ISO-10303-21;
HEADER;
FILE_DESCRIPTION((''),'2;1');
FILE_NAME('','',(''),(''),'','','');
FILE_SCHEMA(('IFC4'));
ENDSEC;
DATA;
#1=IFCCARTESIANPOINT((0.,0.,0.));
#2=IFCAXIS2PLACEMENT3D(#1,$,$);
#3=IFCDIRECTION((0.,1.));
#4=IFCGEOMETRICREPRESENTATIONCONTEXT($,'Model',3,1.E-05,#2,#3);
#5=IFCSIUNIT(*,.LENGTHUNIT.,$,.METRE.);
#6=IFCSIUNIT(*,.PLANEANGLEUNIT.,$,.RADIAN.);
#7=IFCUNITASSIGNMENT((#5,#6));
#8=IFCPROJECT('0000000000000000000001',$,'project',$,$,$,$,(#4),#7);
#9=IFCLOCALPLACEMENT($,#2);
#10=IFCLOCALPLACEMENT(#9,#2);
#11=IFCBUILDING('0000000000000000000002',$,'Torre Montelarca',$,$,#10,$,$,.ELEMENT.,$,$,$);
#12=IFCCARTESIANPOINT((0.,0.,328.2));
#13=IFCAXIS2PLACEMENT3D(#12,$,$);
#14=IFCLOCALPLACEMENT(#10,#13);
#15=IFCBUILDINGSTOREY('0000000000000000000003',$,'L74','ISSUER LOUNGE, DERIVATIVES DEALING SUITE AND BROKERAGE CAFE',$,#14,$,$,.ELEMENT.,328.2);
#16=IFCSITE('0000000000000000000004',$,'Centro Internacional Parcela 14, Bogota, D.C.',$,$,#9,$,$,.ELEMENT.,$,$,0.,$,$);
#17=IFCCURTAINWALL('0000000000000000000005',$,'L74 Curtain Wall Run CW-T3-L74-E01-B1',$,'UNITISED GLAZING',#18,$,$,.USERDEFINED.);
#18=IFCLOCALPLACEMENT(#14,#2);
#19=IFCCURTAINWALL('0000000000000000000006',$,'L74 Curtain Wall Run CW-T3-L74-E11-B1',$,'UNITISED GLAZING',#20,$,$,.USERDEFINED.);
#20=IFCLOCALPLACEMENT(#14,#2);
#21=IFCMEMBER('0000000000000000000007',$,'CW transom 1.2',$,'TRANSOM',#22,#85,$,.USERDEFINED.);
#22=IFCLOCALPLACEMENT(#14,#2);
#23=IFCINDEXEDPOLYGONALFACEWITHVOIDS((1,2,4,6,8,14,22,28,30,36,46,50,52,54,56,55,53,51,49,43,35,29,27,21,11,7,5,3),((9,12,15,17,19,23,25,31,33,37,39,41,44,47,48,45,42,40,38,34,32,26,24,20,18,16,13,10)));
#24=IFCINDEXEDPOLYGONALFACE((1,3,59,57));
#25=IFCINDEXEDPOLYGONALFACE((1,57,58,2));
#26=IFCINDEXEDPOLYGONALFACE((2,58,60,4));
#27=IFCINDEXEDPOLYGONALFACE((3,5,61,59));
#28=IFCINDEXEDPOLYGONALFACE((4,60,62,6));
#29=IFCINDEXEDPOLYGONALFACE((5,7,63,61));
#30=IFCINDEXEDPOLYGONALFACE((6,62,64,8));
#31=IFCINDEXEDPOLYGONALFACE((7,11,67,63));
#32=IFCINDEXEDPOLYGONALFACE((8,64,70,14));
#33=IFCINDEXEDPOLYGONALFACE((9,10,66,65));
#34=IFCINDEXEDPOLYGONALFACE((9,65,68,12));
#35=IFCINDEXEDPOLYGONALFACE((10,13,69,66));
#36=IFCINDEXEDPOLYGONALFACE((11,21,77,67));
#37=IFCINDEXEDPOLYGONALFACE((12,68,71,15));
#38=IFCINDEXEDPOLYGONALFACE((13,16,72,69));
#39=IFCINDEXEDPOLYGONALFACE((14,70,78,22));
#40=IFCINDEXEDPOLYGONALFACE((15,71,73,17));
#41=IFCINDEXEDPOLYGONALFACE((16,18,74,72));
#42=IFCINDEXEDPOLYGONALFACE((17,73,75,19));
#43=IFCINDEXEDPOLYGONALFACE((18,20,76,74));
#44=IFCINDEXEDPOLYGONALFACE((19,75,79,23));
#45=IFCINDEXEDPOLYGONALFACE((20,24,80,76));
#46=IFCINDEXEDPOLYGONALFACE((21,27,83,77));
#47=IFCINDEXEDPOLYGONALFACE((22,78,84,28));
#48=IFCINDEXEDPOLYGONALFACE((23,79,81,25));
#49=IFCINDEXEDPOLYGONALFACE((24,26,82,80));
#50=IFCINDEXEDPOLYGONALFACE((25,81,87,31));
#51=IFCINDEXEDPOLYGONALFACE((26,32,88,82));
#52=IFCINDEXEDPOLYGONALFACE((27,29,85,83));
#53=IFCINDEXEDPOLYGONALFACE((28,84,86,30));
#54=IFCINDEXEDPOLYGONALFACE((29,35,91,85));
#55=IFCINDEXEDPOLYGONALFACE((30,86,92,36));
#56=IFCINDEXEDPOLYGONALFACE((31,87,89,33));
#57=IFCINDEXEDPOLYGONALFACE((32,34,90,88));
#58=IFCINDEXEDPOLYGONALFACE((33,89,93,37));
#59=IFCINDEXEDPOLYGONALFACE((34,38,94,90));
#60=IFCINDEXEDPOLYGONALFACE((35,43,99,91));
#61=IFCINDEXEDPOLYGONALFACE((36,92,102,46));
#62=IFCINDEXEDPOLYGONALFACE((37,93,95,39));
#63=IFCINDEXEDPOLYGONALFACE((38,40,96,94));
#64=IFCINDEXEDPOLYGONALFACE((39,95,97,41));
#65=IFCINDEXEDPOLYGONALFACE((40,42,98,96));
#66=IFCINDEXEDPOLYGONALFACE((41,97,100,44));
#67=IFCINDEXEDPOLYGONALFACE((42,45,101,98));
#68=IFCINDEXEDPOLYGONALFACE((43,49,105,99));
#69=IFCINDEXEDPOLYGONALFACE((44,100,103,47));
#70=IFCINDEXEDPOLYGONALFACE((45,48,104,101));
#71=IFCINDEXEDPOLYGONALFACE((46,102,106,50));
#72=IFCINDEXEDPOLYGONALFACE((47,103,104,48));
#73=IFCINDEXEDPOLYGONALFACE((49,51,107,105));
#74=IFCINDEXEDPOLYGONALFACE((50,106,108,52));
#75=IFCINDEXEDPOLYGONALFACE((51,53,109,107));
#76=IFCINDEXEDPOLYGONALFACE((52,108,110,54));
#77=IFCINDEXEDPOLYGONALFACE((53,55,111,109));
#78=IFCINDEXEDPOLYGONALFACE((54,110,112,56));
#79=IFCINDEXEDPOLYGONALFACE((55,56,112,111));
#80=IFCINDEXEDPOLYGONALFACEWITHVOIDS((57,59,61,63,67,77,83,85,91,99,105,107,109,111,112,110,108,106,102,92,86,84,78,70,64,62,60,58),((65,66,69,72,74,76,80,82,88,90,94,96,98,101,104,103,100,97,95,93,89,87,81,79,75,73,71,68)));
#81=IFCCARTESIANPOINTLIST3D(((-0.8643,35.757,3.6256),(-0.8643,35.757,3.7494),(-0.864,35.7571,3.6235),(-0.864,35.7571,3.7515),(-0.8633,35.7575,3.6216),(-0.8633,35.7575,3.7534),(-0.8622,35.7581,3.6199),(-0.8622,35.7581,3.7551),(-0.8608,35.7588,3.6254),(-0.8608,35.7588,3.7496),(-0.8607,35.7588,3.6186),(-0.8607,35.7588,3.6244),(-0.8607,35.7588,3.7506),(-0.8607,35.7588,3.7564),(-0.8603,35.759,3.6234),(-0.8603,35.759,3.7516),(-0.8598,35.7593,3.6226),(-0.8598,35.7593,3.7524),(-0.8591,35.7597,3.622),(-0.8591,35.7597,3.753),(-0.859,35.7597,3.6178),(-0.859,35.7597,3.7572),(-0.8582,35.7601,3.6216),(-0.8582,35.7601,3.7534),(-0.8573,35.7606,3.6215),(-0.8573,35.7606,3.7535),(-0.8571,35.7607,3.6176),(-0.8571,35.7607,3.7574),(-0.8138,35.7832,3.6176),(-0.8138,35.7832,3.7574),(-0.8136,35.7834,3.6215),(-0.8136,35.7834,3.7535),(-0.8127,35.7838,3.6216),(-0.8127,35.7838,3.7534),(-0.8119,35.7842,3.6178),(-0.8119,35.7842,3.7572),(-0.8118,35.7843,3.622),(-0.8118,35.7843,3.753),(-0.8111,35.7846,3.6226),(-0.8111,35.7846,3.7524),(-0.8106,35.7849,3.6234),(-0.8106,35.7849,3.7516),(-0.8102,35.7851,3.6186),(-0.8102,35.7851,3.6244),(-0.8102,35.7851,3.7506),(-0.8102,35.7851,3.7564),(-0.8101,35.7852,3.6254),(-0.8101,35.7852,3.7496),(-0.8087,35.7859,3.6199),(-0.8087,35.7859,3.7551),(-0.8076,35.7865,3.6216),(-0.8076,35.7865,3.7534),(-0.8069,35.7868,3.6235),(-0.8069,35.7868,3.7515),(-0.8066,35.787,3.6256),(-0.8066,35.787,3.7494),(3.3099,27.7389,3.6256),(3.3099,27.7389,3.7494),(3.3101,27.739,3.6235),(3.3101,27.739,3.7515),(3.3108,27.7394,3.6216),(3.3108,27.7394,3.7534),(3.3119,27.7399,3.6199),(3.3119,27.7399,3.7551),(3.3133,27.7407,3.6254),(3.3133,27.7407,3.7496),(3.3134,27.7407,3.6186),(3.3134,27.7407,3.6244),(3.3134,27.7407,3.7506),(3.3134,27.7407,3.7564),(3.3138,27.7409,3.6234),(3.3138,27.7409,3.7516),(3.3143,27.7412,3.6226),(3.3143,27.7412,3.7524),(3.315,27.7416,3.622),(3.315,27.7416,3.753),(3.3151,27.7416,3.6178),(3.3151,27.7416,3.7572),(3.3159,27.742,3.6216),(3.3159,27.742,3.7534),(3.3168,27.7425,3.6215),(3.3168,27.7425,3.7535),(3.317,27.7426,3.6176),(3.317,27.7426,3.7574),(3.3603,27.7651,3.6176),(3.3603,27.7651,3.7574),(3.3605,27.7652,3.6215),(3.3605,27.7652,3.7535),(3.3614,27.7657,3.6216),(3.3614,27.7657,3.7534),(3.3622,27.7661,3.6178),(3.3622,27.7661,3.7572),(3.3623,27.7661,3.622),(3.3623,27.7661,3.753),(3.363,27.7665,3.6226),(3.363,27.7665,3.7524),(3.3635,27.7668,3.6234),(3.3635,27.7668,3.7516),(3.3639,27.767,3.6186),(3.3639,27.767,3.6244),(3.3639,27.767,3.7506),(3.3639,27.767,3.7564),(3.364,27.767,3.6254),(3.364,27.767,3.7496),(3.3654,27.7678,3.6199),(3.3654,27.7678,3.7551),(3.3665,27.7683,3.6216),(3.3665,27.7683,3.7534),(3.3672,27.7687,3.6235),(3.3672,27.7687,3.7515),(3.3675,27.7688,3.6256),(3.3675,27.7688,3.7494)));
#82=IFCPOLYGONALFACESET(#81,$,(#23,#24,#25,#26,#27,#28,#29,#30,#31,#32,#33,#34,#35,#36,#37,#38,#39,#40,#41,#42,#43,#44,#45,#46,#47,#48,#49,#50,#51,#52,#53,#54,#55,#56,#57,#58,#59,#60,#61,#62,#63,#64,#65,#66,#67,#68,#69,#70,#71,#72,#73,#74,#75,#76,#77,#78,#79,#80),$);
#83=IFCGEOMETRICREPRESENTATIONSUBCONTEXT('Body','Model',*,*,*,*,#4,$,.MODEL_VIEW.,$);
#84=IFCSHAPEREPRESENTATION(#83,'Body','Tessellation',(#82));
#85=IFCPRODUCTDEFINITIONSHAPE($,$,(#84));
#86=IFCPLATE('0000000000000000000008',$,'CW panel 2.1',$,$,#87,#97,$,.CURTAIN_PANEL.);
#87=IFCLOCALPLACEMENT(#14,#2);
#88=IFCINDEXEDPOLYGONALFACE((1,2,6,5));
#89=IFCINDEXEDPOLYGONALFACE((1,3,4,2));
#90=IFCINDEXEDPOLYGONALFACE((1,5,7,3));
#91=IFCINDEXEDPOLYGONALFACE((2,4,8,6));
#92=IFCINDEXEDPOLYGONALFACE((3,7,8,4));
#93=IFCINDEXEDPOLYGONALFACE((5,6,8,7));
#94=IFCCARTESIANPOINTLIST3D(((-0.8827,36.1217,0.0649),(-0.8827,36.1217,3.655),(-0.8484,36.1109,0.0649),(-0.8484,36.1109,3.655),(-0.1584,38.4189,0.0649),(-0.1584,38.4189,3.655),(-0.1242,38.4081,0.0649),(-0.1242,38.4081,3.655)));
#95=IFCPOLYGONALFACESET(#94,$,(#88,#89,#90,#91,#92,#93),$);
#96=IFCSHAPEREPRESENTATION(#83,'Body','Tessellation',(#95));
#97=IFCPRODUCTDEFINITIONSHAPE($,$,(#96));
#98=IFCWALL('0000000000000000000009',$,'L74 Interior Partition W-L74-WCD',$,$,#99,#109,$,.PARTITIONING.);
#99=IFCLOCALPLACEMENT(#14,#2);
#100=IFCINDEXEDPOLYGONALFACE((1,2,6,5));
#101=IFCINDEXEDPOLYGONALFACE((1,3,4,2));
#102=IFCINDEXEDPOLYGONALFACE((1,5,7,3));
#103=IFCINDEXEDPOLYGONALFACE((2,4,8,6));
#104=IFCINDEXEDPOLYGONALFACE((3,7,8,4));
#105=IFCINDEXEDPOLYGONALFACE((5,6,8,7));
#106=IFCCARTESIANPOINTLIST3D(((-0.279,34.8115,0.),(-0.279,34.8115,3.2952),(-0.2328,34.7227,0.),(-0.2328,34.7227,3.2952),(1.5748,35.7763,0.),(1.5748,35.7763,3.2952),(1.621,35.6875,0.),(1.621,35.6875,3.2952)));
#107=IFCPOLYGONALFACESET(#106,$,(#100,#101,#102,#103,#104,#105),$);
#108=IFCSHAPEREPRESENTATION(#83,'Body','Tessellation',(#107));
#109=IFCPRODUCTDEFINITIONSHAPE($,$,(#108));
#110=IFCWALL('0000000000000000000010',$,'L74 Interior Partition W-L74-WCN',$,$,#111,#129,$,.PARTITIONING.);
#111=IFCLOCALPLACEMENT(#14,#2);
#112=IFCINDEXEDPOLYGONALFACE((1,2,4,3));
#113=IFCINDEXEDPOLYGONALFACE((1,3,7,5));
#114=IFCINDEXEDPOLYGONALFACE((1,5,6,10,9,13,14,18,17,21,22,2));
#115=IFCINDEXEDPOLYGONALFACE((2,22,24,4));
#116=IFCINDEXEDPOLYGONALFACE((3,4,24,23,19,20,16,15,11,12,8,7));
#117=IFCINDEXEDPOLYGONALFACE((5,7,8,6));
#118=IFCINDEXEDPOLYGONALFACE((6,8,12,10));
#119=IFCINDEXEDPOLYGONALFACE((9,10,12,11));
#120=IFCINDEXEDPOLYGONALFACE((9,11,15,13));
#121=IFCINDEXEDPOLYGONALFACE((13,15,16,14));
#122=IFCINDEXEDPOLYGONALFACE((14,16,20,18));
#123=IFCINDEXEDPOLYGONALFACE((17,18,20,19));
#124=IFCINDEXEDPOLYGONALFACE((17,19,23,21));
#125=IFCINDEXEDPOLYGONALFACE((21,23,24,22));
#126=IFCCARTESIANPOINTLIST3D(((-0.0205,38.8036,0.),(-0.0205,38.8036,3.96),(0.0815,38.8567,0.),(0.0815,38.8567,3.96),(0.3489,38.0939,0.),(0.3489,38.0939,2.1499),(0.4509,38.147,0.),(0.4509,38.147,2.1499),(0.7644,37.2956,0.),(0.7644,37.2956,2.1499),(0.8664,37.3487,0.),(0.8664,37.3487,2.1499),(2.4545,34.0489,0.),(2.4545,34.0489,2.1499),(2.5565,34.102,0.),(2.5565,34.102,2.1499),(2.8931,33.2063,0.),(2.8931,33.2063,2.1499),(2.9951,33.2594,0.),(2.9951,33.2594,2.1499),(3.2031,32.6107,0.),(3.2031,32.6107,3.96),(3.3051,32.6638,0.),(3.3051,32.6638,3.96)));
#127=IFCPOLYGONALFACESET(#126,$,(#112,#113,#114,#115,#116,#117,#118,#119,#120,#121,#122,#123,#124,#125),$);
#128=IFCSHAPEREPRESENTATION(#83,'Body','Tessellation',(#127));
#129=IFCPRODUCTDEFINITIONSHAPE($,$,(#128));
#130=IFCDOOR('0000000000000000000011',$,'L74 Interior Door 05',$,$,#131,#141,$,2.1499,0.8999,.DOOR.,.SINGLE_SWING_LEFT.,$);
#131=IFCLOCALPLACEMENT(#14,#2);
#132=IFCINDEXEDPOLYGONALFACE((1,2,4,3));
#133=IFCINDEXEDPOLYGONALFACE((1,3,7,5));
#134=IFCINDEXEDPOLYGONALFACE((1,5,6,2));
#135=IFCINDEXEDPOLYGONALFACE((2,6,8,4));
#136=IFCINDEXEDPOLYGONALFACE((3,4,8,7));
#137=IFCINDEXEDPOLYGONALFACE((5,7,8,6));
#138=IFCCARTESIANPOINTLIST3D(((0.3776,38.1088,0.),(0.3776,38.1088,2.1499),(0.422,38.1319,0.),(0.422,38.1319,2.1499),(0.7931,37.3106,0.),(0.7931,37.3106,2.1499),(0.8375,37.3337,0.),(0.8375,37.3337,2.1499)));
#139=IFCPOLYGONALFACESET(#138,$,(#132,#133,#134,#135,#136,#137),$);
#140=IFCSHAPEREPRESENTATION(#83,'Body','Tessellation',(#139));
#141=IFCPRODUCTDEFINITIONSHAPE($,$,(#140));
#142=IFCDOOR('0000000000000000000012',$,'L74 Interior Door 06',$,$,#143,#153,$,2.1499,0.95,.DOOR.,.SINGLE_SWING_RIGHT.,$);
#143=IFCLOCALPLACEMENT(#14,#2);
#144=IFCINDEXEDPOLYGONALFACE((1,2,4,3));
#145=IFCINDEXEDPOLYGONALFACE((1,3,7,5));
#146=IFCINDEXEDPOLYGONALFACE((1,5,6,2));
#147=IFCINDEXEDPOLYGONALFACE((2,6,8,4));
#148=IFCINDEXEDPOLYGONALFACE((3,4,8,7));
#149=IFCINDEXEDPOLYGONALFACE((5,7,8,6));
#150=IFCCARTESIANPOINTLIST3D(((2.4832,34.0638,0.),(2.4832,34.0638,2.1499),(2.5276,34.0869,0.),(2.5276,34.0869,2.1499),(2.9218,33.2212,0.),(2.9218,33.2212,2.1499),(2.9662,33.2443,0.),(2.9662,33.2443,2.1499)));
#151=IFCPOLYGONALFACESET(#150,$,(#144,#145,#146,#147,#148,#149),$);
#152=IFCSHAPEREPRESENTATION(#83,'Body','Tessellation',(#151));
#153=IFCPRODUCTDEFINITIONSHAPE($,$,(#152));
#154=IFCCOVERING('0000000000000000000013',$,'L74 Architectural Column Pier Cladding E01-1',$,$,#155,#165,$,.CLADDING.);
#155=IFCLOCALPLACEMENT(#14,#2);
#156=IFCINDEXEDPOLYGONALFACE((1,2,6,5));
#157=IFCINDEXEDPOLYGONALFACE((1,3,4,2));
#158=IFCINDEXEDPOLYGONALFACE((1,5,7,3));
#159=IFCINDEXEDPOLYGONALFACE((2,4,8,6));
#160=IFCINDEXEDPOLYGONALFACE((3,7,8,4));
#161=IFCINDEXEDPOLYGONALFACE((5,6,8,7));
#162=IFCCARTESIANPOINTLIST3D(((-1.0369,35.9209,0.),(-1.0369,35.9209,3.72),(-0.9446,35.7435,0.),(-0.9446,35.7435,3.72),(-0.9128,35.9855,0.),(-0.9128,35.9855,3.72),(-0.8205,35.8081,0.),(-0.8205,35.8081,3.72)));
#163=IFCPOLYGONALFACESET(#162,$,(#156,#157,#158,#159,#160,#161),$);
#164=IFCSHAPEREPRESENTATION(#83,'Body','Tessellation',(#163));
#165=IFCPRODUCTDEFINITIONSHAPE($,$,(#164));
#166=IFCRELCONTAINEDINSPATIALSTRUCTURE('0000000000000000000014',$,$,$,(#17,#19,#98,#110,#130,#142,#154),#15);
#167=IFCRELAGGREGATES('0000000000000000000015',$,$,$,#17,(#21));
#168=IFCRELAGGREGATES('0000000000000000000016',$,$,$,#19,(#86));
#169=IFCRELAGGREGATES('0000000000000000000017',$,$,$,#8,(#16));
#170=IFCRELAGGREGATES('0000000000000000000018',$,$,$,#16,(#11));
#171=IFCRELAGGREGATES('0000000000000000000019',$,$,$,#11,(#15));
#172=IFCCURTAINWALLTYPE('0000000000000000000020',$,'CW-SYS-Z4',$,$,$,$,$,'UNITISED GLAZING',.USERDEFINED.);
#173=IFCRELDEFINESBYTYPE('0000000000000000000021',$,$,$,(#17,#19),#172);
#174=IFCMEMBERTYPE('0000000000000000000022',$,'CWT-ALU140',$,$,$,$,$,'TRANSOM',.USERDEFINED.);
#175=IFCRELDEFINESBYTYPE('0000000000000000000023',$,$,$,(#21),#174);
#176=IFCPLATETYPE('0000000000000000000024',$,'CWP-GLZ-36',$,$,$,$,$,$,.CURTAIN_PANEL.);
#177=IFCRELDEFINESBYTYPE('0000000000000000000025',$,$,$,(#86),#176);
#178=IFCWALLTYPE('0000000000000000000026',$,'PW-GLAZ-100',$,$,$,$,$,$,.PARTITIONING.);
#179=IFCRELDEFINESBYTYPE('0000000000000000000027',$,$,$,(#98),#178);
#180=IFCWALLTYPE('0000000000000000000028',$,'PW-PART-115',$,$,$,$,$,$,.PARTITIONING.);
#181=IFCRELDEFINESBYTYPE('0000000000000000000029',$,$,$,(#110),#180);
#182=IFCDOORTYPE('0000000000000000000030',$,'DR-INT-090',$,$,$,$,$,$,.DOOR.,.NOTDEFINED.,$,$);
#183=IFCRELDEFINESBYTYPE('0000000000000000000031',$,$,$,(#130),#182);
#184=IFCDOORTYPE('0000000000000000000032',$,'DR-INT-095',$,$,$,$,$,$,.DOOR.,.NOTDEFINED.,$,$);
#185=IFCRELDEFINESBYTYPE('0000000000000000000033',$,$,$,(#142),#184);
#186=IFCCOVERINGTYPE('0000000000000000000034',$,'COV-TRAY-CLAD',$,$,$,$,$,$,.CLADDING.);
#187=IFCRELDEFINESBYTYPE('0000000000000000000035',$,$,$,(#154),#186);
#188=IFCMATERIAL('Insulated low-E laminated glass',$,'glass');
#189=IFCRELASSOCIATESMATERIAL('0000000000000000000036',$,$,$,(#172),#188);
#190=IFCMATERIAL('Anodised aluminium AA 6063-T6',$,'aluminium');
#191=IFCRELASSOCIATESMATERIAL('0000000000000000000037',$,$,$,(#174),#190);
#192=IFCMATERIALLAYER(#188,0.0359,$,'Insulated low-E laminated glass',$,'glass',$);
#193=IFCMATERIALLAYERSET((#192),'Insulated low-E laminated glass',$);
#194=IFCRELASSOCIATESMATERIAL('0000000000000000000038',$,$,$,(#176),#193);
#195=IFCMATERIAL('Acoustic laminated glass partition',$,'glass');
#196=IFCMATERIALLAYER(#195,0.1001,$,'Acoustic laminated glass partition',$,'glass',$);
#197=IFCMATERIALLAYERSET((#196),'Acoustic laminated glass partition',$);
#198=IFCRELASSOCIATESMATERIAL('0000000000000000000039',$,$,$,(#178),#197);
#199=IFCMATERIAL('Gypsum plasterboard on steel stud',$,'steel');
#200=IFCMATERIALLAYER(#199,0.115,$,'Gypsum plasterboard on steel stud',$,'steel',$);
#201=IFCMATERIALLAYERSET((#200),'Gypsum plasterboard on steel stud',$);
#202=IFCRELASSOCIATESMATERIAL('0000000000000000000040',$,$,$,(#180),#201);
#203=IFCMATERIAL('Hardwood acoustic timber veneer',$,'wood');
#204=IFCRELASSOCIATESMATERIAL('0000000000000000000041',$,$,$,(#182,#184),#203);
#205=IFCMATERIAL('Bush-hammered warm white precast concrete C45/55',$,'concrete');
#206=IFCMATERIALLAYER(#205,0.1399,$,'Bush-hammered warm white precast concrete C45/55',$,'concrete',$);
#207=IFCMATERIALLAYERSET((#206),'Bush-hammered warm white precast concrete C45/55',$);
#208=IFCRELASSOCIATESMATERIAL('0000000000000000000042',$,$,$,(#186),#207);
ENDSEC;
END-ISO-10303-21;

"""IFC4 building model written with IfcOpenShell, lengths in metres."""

from ifc_helpers import new_model, si_unit, direction, frame, frame_2d, origin, origin_2d, place, context, subcontext, project, spatial, rectangle, hollow_rectangle, extrude, source, transform, mapped, material, layer, layer_set, material_profile, profile_set, type_object, element, fill, aggregate, save


model = new_model("IFC4")

# Units and contexts
model_context = context("Model", 3, precision=1e-05, world=origin(), true_north=direction((0.0, 1.0)))
body_context = subcontext(model_context, "Body", "Model", "MODEL_VIEW")
ifc_project = project(units=[si_unit("LENGTHUNIT", "METRE"), si_unit("PLANEANGLEUNIT", "RADIAN")], contexts=[model_context])

# Site, building, storey
site_placement = place(None, origin())
site = spatial("IfcSite", under=ifc_project, at=site_placement, Name="Centro Internacional Parcela 14, Bogota, D.C.", CompositionType="ELEMENT", RefElevation=0.0)
building_placement = place(site_placement, origin())
building = spatial("IfcBuilding", under=site, at=building_placement, Name="Torre Montelarca", CompositionType="ELEMENT")
storey_placement = place(building_placement, frame((0.0, 0.0, 328.2)))
storey = spatial("IfcBuildingStorey", under=building, at=storey_placement, Name="L74", Description="ISSUER LOUNGE, DERIVATIVES DEALING SUITE AND BROKERAGE CAFE", CompositionType="ELEMENT", Elevation=328.2)

# Curtain wall
ifc_material_1 = material(Name="Insulated low-E laminated glass", Category="glass")
curtain_wall_type = type_object("IfcCurtainWallType", Name="CW-SYS-Z4", ElementType="UNITISED GLAZING", PredefinedType="USERDEFINED", material=ifc_material_1)
curtain_wall_1_placement = place(storey_placement, origin())
curtain_wall_1 = element("IfcCurtainWall", 1, at=curtain_wall_1_placement, inside=storey, type_object=curtain_wall_type, Name="L74 Curtain Wall Run CW-T3-L74-E01-B1", ObjectType="UNITISED GLAZING", PredefinedType="USERDEFINED")
ifc_material_2 = material(Name="Anodised aluminium AA 6063-T6", Category="aluminium")

# Curtain wall
curtain_wall_2_placement = place(storey_placement, origin())
curtain_wall_2 = element("IfcCurtainWall", 2, at=curtain_wall_2_placement, inside=storey, type_object=curtain_wall_type, Name="L74 Curtain Wall Run CW-T3-L74-E11-B1", ObjectType="UNITISED GLAZING", PredefinedType="USERDEFINED")
ifc_material_profile_1 = material_profile(ifc_material_2, hollow_rectangle(XDim=0.0649, YDim=0.1399, WallThickness=0.0039, InnerFilletRadius=0.0039, OuterFilletRadius=0.0081, at=origin_2d()), Name="ALU65X140X4", Category="aluminium")
ifc_profile_set_1 = profile_set([ifc_material_profile_1], Name="Anodised aluminium AA 6063-T6")
member_type_1 = type_object("IfcMemberType", Name="CWT-ALU140", ElementType="TRANSOM", PredefinedType="USERDEFINED", material=ifc_profile_set_1)

# Member
shared_shape_1 = source(origin(), body_context, "Body", "SweptSolid", [
    extrude(hollow_rectangle(XDim=0.0649, YDim=0.1399, WallThickness=0.0039, InnerFilletRadius=0.0039, OuterFilletRadius=0.0081, at=origin_2d()), origin(), (0.0, 0.0, 1.0), 9.0396),
])
member_1_placement = place(storey_placement, frame((-0.8354, 35.772, 3.6875), z_axis=(0.46176, -0.887005, 0.0), x_axis=(0.887005, 0.46176, 0.0)))
member_1 = element("IfcMember", 3, at=member_1_placement, type_object=member_type_1, Name="CW transom 1.2", ObjectType="TRANSOM", PredefinedType="USERDEFINED", context=body_context, shape_type="MappedRepresentation", body=[
    mapped(shared_shape_1, transform((0.0, 0.0, 0.0), scale=1.0)),
])
aggregate(curtain_wall_1, [member_1])

# Plate
ifc_layer_1 = layer(ifc_material_1, 0.0359, Name="Insulated low-E laminated glass", Category="glass")
ifc_layer_set_1 = layer_set([ifc_layer_1], Name="Insulated low-E laminated glass")
plate_type = type_object("IfcPlateType", Name="CWP-GLZ-36", PredefinedType="CURTAIN_PANEL", material=ifc_layer_set_1)
shared_shape_2 = source(origin(), body_context, "Body", "SweptSolid", [
    extrude(rectangle(XDim=2.4087, YDim=0.0359, at=origin_2d()), origin(), (0.0, 0.0, 1.0), 3.5901),
])
plate_placement = place(storey_placement, frame((-0.5034, 37.2649, 0.0649), z_axis=(0.0, 0.0, 1.0), x_axis=(-0.300693, -0.953721, 0.0)))
plate = element("IfcPlate", 4, at=plate_placement, type_object=plate_type, Name="CW panel 2.1", PredefinedType="CURTAIN_PANEL", context=body_context, shape_type="MappedRepresentation", body=[
    mapped(shared_shape_2, transform((0.0, 0.0, 0.0), scale=1.0)),
])
aggregate(curtain_wall_2, [plate])

# Wall
ifc_material_3 = material(Name="Acoustic laminated glass partition", Category="glass")
ifc_layer_2 = layer(ifc_material_3, 0.1001, Name="Acoustic laminated glass partition", Category="glass")
ifc_layer_set_2 = layer_set([ifc_layer_2], Name="Acoustic laminated glass partition")
wall_type_1 = type_object("IfcWallType", Name="PW-GLAZ-100", PredefinedType="PARTITIONING", material=ifc_layer_set_2)
wall_1_placement = place(storey_placement, frame((-0.2559, 34.7671, 0.0), z_axis=(0.0, 0.0, 1.0), x_axis=(0.887043, 0.461687, 0.0)))
element("IfcWall", 5, at=wall_1_placement, inside=storey, type_object=wall_type_1, Name="L74 Interior Partition W-L74-WCD", PredefinedType="PARTITIONING", context=body_context, shape_type="SweptSolid", body=[
    extrude(rectangle(XDim=2.0898, YDim=0.1001, at=frame_2d((1.0449, 0.0))), origin(), (0.0, 0.0, 1.0), 3.2952),
])

# Wall, openings, doors
ifc_material_4 = material(Name="Gypsum plasterboard on steel stud", Category="steel")
ifc_layer_3 = layer(ifc_material_4, 0.115, Name="Gypsum plasterboard on steel stud", Category="steel")
ifc_layer_set_3 = layer_set([ifc_layer_3], Name="Gypsum plasterboard on steel stud")
wall_type_2 = type_object("IfcWallType", Name="PW-PART-115", PredefinedType="PARTITIONING", material=ifc_layer_set_3)
wall_2_placement = place(storey_placement, frame((0.0305, 38.8301, 0.0), z_axis=(0.0, 0.0, 1.0), x_axis=(0.461729, -0.887021, 0.0)))
wall_2 = element("IfcWall", 6, at=wall_2_placement, inside=storey, type_object=wall_type_2, Name="L74 Interior Partition W-L74-WCN", PredefinedType="PARTITIONING", context=body_context, shape_type="SweptSolid", body=[
    extrude(rectangle(XDim=6.9817, YDim=0.115, at=frame_2d((3.4907, 0.0))), origin(), (0.0, 0.0, 1.0), 3.96),
])
opening_1_placement = place(wall_2_placement, frame((0.8, 0.0, 0.0)))
opening_1 = element("IfcOpeningElement", 7, at=opening_1_placement, cuts=wall_2, PredefinedType="OPENING", context=body_context, shape_type="SweptSolid", body=[
    extrude(rectangle(XDim=0.8999, YDim=2.1499, at=frame_2d((0.45, 1.075))), frame((0.0, 0.0674, 0.0), z_axis=(0.0, -1.0, 0.0), x_axis=(1.0, 0.0, 0.0)), (0.0, 0.0, 1.0), 0.135),
])
opening_2_placement = place(wall_2_placement, frame((5.3601, 0.0, 0.0)))
opening_2 = element("IfcOpeningElement", 8, at=opening_2_placement, cuts=wall_2, PredefinedType="OPENING", context=body_context, shape_type="SweptSolid", body=[
    extrude(rectangle(XDim=0.95, YDim=2.1499, at=frame_2d((0.4751, 1.075))), frame((0.0, 0.0674, 0.0), z_axis=(0.0, -1.0, 0.0), x_axis=(1.0, 0.0, 0.0)), (0.0, 0.0, 1.0), 0.135),
])
ifc_material_5 = material(Name="Hardwood acoustic timber veneer", Category="wood")
door_type_1 = type_object("IfcDoorType", Name="DR-INT-090", OperationType="NOTDEFINED", PredefinedType="DOOR", material=ifc_material_5)
shared_shape_3 = source(origin(), body_context, "Body", "SweptSolid", [
    extrude(rectangle(XDim=0.8999, YDim=2.1499, at=frame_2d((0.45, 1.075))), frame((0.0, 0.0249, 0.0), z_axis=(0.0, -1.0, 0.0), x_axis=(1.0, 0.0, 0.0)), (0.0, 0.0, 1.0), 0.05),
])
door_1_placement = place(opening_1_placement, origin())
door_1 = element("IfcDoor", 9, at=door_1_placement, inside=storey, type_object=door_type_1, Name="L74 Interior Door 05", OperationType="SINGLE_SWING_LEFT", OverallHeight=2.1499, OverallWidth=0.8999, PredefinedType="DOOR", context=body_context, shape_type="MappedRepresentation", body=[
    mapped(shared_shape_3, transform((0.0, 0.0, 0.0), scale=1.0)),
])
fill(opening_1, door_1)
door_type_2 = type_object("IfcDoorType", Name="DR-INT-095", OperationType="NOTDEFINED", PredefinedType="DOOR", material=ifc_material_5)
shared_shape_4 = source(origin(), body_context, "Body", "SweptSolid", [
    extrude(rectangle(XDim=0.95, YDim=2.1499, at=frame_2d((0.4751, 1.075))), frame((0.0, 0.0249, 0.0), z_axis=(0.0, -1.0, 0.0), x_axis=(1.0, 0.0, 0.0)), (0.0, 0.0, 1.0), 0.05),
])
door_2_placement = place(opening_2_placement, origin())
door_2 = element("IfcDoor", 10, at=door_2_placement, inside=storey, type_object=door_type_2, Name="L74 Interior Door 06", OperationType="SINGLE_SWING_RIGHT", OverallHeight=2.1499, OverallWidth=0.95, PredefinedType="DOOR", context=body_context, shape_type="MappedRepresentation", body=[
    mapped(shared_shape_4, transform((0.0, 0.0, 0.0), scale=1.0)),
])
fill(opening_2, door_2)

# Covering
ifc_material_6 = material(Name="Bush-hammered warm white precast concrete C45/55", Category="concrete")
ifc_layer_4 = layer(ifc_material_6, 0.1399, Name="Bush-hammered warm white precast concrete C45/55", Category="concrete")
ifc_layer_set_4 = layer_set([ifc_layer_4], Name="Bush-hammered warm white precast concrete C45/55")
covering_type = type_object("IfcCoveringType", Name="COV-TRAY-CLAD", PredefinedType="CLADDING", material=ifc_layer_set_4)
shared_shape_5 = source(origin(), body_context, "Body", "SweptSolid", [
    extrude(rectangle(XDim=0.2, YDim=0.1399, at=origin_2d()), origin(), (0.0, 0.0, 1.0), 3.72),
])
for number, where, z_axis, x_axis, name in (
    (11, (-0.9287, 35.8645, 0.0), (0.0, 0.0, 1.0), (0.461749, -0.887011, 0.0), "L74 Architectural Column Pier Cladding E01-1"),
):
    element("IfcCovering", number, at=place(storey_placement, frame(where, z_axis=z_axis, x_axis=x_axis)), inside=storey, type_object=covering_type, Name=name, PredefinedType="CLADDING", context=body_context, shape_type="MappedRepresentation", body=[
        mapped(shared_shape_5, transform((0.0, 0.0, 0.0), scale=1.0)),
    ])

save(model, "model.ifc")
